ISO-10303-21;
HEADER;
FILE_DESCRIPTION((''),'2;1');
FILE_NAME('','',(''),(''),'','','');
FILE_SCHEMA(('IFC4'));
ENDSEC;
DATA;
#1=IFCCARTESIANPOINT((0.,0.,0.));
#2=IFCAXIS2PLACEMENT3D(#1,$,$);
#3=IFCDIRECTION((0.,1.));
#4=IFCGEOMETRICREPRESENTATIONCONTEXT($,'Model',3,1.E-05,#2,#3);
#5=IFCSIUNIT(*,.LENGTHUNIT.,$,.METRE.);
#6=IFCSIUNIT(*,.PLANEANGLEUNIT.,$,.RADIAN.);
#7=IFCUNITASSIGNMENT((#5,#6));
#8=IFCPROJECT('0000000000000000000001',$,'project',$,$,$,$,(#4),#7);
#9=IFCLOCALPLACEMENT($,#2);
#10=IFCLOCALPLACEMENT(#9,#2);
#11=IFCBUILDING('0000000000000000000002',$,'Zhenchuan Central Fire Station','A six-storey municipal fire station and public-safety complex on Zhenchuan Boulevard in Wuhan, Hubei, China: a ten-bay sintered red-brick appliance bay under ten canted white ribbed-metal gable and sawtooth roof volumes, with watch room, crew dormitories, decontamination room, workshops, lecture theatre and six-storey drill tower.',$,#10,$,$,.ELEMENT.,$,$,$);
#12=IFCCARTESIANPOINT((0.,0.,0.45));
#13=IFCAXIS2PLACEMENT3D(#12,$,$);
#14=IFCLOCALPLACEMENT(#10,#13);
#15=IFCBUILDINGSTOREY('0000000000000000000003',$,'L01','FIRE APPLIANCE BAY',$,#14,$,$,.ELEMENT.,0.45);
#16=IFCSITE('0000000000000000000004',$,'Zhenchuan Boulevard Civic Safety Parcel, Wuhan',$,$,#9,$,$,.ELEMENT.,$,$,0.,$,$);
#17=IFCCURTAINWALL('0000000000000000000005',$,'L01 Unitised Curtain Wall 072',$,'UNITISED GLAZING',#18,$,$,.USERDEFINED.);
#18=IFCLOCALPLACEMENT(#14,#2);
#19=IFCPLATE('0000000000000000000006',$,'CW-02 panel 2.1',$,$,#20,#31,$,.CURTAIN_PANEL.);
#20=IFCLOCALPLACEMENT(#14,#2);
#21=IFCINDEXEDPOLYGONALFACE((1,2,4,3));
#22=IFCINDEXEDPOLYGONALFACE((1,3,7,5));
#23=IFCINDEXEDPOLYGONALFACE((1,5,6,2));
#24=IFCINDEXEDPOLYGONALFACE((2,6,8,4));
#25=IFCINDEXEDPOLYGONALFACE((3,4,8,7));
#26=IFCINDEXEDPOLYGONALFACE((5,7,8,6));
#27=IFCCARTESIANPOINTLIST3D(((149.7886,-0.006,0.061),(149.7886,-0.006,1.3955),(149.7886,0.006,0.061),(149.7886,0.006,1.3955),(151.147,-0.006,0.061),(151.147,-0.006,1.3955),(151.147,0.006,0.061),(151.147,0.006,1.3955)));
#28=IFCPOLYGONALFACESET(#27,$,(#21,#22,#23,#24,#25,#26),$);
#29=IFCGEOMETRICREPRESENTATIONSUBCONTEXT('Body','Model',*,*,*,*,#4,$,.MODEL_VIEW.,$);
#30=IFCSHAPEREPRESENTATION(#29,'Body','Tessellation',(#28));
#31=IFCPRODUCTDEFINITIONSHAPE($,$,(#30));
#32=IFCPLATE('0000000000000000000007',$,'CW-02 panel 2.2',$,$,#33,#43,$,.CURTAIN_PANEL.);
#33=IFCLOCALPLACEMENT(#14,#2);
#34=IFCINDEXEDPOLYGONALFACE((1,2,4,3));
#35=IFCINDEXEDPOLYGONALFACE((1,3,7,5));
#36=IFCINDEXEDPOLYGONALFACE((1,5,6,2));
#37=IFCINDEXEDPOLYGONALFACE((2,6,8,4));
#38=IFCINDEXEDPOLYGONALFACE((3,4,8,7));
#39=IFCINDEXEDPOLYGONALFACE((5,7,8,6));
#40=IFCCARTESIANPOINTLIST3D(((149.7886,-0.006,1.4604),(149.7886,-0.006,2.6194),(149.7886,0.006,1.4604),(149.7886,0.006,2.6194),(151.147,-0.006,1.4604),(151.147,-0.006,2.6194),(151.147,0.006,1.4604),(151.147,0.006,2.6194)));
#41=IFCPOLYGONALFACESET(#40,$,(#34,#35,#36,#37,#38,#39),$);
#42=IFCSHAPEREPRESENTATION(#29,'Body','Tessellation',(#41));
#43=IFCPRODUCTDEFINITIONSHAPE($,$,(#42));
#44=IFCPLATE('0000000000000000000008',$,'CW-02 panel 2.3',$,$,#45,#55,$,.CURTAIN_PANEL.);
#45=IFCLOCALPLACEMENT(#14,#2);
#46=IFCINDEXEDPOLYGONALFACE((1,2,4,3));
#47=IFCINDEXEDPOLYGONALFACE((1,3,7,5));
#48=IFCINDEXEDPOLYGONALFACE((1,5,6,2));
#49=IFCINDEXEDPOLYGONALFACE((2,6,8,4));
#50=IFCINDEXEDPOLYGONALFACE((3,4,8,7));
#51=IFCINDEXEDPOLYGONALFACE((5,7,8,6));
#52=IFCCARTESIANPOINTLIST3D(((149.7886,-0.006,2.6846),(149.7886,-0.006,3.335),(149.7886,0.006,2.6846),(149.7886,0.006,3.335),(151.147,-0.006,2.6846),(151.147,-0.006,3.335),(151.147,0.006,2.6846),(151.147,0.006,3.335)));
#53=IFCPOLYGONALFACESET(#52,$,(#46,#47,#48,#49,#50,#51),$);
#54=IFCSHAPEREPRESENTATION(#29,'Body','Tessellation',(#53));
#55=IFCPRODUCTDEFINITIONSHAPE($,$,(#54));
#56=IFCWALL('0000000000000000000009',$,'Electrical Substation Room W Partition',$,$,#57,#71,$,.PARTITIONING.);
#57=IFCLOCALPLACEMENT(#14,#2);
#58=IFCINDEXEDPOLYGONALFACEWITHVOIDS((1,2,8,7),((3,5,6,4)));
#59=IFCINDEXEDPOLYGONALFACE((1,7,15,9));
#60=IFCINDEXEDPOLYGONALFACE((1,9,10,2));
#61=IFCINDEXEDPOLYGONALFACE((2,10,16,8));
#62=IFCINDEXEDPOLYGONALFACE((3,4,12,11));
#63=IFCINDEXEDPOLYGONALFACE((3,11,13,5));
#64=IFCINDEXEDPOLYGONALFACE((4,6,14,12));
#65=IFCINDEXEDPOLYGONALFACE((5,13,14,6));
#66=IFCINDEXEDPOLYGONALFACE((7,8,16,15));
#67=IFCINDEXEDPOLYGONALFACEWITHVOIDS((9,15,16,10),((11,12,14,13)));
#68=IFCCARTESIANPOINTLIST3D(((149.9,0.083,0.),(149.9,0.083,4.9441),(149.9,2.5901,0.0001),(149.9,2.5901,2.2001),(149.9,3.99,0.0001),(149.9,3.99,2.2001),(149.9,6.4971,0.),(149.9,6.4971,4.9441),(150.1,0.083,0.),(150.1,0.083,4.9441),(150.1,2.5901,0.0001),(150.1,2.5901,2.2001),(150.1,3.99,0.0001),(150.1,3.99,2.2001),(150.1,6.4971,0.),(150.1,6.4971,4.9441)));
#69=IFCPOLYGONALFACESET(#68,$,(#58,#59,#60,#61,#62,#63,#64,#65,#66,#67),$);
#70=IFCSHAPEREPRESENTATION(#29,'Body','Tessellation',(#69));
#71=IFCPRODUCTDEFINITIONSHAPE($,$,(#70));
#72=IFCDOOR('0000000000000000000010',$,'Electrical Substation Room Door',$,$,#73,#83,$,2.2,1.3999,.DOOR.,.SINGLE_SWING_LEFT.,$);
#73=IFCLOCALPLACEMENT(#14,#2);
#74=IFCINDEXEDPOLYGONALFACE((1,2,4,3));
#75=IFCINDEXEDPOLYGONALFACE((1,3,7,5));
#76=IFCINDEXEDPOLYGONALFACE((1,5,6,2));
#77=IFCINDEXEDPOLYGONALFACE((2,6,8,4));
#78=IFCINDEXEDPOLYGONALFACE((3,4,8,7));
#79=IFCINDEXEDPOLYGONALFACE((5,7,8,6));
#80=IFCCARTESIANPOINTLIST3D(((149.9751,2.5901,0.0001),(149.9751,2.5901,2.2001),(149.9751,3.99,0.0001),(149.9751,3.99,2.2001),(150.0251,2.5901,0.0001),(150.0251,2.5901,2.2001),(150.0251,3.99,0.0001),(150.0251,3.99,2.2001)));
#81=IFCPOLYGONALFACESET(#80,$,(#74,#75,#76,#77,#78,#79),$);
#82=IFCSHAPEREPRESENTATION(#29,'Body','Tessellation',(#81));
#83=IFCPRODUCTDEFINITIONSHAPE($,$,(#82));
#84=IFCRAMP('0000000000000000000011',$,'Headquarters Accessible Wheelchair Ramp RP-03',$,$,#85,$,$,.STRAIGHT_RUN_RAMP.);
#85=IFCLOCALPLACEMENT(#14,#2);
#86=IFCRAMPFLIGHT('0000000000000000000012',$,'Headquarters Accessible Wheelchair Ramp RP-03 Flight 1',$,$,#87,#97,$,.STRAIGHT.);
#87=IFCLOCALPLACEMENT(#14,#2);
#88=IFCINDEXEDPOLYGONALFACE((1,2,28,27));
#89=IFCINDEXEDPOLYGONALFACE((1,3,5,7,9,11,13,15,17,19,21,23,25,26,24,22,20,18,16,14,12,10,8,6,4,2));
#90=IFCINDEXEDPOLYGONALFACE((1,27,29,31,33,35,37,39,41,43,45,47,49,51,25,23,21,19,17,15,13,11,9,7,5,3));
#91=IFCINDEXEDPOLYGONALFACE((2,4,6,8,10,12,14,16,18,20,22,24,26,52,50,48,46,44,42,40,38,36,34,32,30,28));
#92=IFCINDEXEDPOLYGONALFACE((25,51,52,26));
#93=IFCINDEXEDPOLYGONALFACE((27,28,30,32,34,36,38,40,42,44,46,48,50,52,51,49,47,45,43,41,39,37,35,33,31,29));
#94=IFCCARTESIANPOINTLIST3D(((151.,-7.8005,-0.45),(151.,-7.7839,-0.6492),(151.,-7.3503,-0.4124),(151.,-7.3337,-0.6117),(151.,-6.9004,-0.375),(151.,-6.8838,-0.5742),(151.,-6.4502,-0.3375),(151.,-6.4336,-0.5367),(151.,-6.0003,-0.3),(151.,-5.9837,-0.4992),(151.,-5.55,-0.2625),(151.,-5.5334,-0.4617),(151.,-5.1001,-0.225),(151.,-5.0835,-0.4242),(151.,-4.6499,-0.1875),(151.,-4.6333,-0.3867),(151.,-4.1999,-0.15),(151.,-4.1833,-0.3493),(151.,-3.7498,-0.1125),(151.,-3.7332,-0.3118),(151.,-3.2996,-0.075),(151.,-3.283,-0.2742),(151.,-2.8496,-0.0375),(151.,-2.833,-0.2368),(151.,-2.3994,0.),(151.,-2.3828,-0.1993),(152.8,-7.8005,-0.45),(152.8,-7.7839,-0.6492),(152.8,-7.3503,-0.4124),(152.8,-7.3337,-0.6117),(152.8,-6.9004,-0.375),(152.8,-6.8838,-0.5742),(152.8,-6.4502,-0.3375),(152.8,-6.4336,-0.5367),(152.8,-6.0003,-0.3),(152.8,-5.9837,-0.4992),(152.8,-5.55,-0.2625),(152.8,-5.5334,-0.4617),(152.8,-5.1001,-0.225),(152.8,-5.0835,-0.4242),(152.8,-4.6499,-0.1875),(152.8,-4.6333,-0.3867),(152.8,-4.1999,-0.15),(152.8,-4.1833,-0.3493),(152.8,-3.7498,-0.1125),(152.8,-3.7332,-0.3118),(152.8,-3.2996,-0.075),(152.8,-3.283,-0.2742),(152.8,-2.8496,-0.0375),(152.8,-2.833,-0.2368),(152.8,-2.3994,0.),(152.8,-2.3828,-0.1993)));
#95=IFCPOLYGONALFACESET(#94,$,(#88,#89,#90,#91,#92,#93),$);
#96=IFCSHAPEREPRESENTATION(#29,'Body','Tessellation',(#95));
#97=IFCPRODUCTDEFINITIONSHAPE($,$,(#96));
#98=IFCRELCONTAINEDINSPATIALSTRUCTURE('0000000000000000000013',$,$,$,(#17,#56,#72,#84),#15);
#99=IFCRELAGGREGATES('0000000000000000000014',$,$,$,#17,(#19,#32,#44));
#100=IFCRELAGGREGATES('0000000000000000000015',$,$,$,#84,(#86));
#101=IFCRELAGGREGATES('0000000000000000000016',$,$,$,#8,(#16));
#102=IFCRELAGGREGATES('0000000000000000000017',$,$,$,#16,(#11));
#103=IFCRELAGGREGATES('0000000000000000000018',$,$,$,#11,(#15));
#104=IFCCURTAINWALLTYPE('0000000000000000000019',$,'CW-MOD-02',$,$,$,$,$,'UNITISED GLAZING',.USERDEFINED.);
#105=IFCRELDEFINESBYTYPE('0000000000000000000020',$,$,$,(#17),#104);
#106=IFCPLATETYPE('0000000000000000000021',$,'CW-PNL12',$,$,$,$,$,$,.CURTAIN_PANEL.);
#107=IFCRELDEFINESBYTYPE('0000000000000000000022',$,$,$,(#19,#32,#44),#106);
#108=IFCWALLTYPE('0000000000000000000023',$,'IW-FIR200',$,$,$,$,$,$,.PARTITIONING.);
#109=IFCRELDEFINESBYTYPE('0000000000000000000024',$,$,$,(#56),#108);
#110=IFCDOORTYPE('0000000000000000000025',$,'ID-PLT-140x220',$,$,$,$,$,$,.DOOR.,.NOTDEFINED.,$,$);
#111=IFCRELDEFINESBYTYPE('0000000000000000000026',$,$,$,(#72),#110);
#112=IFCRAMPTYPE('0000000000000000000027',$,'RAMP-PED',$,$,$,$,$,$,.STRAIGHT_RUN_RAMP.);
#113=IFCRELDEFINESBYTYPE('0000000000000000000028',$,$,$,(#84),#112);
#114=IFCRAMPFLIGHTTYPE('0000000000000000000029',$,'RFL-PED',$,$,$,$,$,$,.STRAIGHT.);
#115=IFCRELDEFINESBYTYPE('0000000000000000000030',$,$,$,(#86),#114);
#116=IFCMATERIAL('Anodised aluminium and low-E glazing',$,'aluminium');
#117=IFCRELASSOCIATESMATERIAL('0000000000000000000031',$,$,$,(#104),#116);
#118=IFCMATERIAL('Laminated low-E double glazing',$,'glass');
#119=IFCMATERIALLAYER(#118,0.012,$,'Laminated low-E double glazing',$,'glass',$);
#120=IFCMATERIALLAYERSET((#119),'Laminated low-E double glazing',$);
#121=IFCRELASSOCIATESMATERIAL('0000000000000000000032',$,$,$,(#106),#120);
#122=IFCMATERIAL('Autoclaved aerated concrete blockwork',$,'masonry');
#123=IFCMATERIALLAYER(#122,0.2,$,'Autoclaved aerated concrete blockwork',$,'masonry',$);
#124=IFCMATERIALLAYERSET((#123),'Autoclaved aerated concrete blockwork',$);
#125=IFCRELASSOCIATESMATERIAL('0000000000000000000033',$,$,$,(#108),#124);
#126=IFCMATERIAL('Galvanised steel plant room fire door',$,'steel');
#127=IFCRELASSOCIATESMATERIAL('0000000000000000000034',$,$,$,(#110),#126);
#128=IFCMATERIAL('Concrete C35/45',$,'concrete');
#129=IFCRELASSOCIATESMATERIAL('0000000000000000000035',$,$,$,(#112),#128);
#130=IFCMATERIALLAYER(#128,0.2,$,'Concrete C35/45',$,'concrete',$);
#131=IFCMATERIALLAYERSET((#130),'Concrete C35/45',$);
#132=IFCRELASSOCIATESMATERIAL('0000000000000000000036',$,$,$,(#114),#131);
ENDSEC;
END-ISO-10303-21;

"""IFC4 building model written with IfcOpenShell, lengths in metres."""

from ifc_helpers import new_model, si_unit, direction, frame, frame_2d, origin, origin_2d, place, context, subcontext, project, spatial, polyline, rectangle, outline, extrude, material, layer, layer_set, type_object, element, fill, aggregate, save


model = new_model("IFC4")

# Units and contexts
model_context = context("Model", 3, precision=1e-05, world=origin(), true_north=direction((0.0, 1.0)))
body_context = subcontext(model_context, "Body", "Model", "MODEL_VIEW")
ifc_project = project(units=[si_unit("LENGTHUNIT", "METRE"), si_unit("PLANEANGLEUNIT", "RADIAN")], contexts=[model_context])

# Site, building, storey
site_placement = place(None, origin())
site = spatial("IfcSite", under=ifc_project, at=site_placement, Name="Zhenchuan Boulevard Civic Safety Parcel, Wuhan", CompositionType="ELEMENT", RefElevation=0.0)
building_placement = place(site_placement, origin())
building = spatial("IfcBuilding", under=site, at=building_placement, Name="Zhenchuan Central Fire Station", Description="A six-storey municipal fire station and public-safety complex on Zhenchuan Boulevard in Wuhan, Hubei, China: a ten-bay sintered red-brick appliance bay under ten canted white ribbed-metal gable and sawtooth roof volumes, with watch room, crew dormitories, decontamination room, workshops, lecture theatre and six-storey drill tower.", CompositionType="ELEMENT")
storey_placement = place(building_placement, frame((0.0, 0.0, 0.45)))
storey = spatial("IfcBuildingStorey", under=building, at=storey_placement, Name="L01", Description="FIRE APPLIANCE BAY", CompositionType="ELEMENT", Elevation=0.45)

# Shared definitions
ifc_material_1 = material(Name="Concrete C35/45", Category="concrete")

# Curtain wall
ifc_material_2 = material(Name="Anodised aluminium and low-E glazing", Category="aluminium")
curtain_wall_type_1 = type_object("IfcCurtainWallType", Name="CW-MOD-02", ElementType="UNITISED GLAZING", PredefinedType="USERDEFINED", material=ifc_material_2)
curtain_wall_1_placement = place(storey_placement, origin())
curtain_wall_1 = element("IfcCurtainWall", 1, at=curtain_wall_1_placement, inside=storey, type_object=curtain_wall_type_1, Name="L01 Unitised Curtain Wall 072", ObjectType="UNITISED GLAZING", PredefinedType="USERDEFINED")

# Plates
ifc_material_3 = material(Name="Laminated low-E double glazing", Category="glass")
ifc_layer_1 = layer(ifc_material_3, 0.012, Name="Laminated low-E double glazing", Category="glass")
ifc_layer_set_1 = layer_set([ifc_layer_1], Name="Laminated low-E double glazing")
plate_type = type_object("IfcPlateType", Name="CW-PNL12", PredefinedType="CURTAIN_PANEL", material=ifc_layer_set_1)
plate_1_placement = place(storey_placement, frame((150.4678, 0.0, 0.061), z_axis=(0.0, 0.0, 1.0), x_axis=(1.0, 0.0, 0.0)))
plate_1 = element("IfcPlate", 2, at=plate_1_placement, type_object=plate_type, Name="CW-02 panel 2.1", PredefinedType="CURTAIN_PANEL", context=body_context, shape_type="SweptSolid", body=[
    extrude(rectangle(XDim=1.3584, YDim=0.012, at=origin_2d()), origin(), (0.0, 0.0, 1.0), 1.3345),
])
plate_2_placement = place(storey_placement, frame((150.4678, 0.0, 1.4604), z_axis=(0.0, 0.0, 1.0), x_axis=(1.0, 0.0, 0.0)))
plate_2 = element("IfcPlate", 3, at=plate_2_placement, type_object=plate_type, Name="CW-02 panel 2.2", PredefinedType="CURTAIN_PANEL", context=body_context, shape_type="SweptSolid", body=[
    extrude(rectangle(XDim=1.3584, YDim=0.012, at=origin_2d()), origin(), (0.0, 0.0, 1.0), 1.1589),
])
plate_3_placement = place(storey_placement, frame((150.4678, 0.0, 2.6846), z_axis=(0.0, 0.0, 1.0), x_axis=(1.0, 0.0, 0.0)))
plate_3 = element("IfcPlate", 4, at=plate_3_placement, type_object=plate_type, Name="CW-02 panel 2.3", PredefinedType="CURTAIN_PANEL", context=body_context, shape_type="SweptSolid", body=[
    extrude(rectangle(XDim=1.3584, YDim=0.012, at=origin_2d()), origin(), (0.0, 0.0, 1.0), 0.6504),
])
aggregate(curtain_wall_1, [plate_1, plate_2, plate_3])

# Wall, opening, door
ifc_material_4 = material(Name="Autoclaved aerated concrete blockwork", Category="masonry")
ifc_layer_2 = layer(ifc_material_4, 0.2, Name="Autoclaved aerated concrete blockwork", Category="masonry")
ifc_layer_set_2 = layer_set([ifc_layer_2], Name="Autoclaved aerated concrete blockwork")
wall_type = type_object("IfcWallType", Name="IW-FIR200", PredefinedType="PARTITIONING", material=ifc_layer_set_2)
wall_placement = place(storey_placement, frame((150.0, 0.083, 0.0), z_axis=(0.0, 0.0, 1.0), x_axis=(0.0, 1.0, 0.0)))
wall = element("IfcWall", 5, at=wall_placement, inside=storey, type_object=wall_type, Name="Electrical Substation Room W Partition", PredefinedType="PARTITIONING", context=body_context, shape_type="SweptSolid", body=[
    extrude(rectangle(XDim=6.4141, YDim=0.2, at=frame_2d((3.207, 0.0))), origin(), (0.0, 0.0, 1.0), 4.9441),
])
opening_placement = place(wall_placement, frame((2.5071, 0.0, 0.0)))
opening = element("IfcOpeningElement", 6, at=opening_placement, cuts=wall, PredefinedType="OPENING", context=body_context, shape_type="SweptSolid", body=[
    extrude(rectangle(XDim=1.3999, YDim=2.2, at=frame_2d((0.7, 1.1001))), frame((0.0, 0.1099, 0.0), z_axis=(0.0, -1.0, 0.0), x_axis=(1.0, 0.0, 0.0)), (0.0, 0.0, 1.0), 0.22),
])
ifc_material_5 = material(Name="Galvanised steel plant room fire door", Category="steel")
door_type = type_object("IfcDoorType", Name="ID-PLT-140x220", OperationType="NOTDEFINED", PredefinedType="DOOR", material=ifc_material_5)
door_placement = place(opening_placement, origin())
door = element("IfcDoor", 7, at=door_placement, inside=storey, type_object=door_type, Name="Electrical Substation Room Door", OperationType="SINGLE_SWING_LEFT", OverallHeight=2.2, OverallWidth=1.3999, PredefinedType="DOOR", context=body_context, shape_type="SweptSolid", body=[
    extrude(rectangle(XDim=1.3999, YDim=2.2, at=frame_2d((0.7, 1.1001))), frame((0.0, 0.0249, 0.0), z_axis=(0.0, -1.0, 0.0), x_axis=(1.0, 0.0, 0.0)), (0.0, 0.0, 1.0), 0.05),
])
fill(opening, door)

# Ramp, ramp flight
ramp_type = type_object("IfcRampType", Name="RAMP-PED", PredefinedType="STRAIGHT_RUN_RAMP", material=ifc_material_1)
ramp_placement = place(storey_placement, origin())
ramp = element("IfcRamp", 8, at=ramp_placement, inside=storey, type_object=ramp_type, Name="Headquarters Accessible Wheelchair Ramp RP-03", PredefinedType="STRAIGHT_RUN_RAMP")
ifc_layer_3 = layer(ifc_material_1, 0.2, Name="Concrete C35/45", Category="concrete")
ifc_layer_set_3 = layer_set([ifc_layer_3], Name="Concrete C35/45")
ramp_flight_type = type_object("IfcRampFlightType", Name="RFL-PED", PredefinedType="STRAIGHT", material=ifc_layer_set_3)
ramp_flight_placement = place(storey_placement, frame((151.0, -7.8005, -0.45), z_axis=(0.0, -0.083019, 0.996548), x_axis=(0.0, 0.996548, 0.083019)))
ramp_flight = element("IfcRampFlight", 9, at=ramp_flight_placement, type_object=ramp_flight_type, Name="Headquarters Accessible Wheelchair Ramp RP-03 Flight 1", PredefinedType="STRAIGHT", context=body_context, shape_type="SweptSolid", body=[
    extrude(outline(polyline([(0.0, 0.0), (0.4518, 0.0), (0.9033, 0.0), (1.355, 0.0), (1.8065, 0.0), (2.2583, 0.0), (2.7098, 0.0), (3.1615, 0.0), (3.6131, 0.0), (4.0648, 0.0), (4.5166, 0.0), (4.9681, 0.0), (5.4198, 0.0), (5.4198, -1.8), (4.9681, -1.8), (4.5166, -1.8), (4.0648, -1.8), (3.6131, -1.8), (3.1615, -1.8), (2.7098, -1.8), (2.2583, -1.8), (1.8065, -1.8), (1.355, -1.8), (0.9033, -1.8), (0.4518, -1.8), (0.0, -1.8), (0.0, 0.0)])), origin(), (0.0, 0.0, -1.0), 0.2),
])
aggregate(ramp, [ramp_flight])

save(model, "model.ifc")
